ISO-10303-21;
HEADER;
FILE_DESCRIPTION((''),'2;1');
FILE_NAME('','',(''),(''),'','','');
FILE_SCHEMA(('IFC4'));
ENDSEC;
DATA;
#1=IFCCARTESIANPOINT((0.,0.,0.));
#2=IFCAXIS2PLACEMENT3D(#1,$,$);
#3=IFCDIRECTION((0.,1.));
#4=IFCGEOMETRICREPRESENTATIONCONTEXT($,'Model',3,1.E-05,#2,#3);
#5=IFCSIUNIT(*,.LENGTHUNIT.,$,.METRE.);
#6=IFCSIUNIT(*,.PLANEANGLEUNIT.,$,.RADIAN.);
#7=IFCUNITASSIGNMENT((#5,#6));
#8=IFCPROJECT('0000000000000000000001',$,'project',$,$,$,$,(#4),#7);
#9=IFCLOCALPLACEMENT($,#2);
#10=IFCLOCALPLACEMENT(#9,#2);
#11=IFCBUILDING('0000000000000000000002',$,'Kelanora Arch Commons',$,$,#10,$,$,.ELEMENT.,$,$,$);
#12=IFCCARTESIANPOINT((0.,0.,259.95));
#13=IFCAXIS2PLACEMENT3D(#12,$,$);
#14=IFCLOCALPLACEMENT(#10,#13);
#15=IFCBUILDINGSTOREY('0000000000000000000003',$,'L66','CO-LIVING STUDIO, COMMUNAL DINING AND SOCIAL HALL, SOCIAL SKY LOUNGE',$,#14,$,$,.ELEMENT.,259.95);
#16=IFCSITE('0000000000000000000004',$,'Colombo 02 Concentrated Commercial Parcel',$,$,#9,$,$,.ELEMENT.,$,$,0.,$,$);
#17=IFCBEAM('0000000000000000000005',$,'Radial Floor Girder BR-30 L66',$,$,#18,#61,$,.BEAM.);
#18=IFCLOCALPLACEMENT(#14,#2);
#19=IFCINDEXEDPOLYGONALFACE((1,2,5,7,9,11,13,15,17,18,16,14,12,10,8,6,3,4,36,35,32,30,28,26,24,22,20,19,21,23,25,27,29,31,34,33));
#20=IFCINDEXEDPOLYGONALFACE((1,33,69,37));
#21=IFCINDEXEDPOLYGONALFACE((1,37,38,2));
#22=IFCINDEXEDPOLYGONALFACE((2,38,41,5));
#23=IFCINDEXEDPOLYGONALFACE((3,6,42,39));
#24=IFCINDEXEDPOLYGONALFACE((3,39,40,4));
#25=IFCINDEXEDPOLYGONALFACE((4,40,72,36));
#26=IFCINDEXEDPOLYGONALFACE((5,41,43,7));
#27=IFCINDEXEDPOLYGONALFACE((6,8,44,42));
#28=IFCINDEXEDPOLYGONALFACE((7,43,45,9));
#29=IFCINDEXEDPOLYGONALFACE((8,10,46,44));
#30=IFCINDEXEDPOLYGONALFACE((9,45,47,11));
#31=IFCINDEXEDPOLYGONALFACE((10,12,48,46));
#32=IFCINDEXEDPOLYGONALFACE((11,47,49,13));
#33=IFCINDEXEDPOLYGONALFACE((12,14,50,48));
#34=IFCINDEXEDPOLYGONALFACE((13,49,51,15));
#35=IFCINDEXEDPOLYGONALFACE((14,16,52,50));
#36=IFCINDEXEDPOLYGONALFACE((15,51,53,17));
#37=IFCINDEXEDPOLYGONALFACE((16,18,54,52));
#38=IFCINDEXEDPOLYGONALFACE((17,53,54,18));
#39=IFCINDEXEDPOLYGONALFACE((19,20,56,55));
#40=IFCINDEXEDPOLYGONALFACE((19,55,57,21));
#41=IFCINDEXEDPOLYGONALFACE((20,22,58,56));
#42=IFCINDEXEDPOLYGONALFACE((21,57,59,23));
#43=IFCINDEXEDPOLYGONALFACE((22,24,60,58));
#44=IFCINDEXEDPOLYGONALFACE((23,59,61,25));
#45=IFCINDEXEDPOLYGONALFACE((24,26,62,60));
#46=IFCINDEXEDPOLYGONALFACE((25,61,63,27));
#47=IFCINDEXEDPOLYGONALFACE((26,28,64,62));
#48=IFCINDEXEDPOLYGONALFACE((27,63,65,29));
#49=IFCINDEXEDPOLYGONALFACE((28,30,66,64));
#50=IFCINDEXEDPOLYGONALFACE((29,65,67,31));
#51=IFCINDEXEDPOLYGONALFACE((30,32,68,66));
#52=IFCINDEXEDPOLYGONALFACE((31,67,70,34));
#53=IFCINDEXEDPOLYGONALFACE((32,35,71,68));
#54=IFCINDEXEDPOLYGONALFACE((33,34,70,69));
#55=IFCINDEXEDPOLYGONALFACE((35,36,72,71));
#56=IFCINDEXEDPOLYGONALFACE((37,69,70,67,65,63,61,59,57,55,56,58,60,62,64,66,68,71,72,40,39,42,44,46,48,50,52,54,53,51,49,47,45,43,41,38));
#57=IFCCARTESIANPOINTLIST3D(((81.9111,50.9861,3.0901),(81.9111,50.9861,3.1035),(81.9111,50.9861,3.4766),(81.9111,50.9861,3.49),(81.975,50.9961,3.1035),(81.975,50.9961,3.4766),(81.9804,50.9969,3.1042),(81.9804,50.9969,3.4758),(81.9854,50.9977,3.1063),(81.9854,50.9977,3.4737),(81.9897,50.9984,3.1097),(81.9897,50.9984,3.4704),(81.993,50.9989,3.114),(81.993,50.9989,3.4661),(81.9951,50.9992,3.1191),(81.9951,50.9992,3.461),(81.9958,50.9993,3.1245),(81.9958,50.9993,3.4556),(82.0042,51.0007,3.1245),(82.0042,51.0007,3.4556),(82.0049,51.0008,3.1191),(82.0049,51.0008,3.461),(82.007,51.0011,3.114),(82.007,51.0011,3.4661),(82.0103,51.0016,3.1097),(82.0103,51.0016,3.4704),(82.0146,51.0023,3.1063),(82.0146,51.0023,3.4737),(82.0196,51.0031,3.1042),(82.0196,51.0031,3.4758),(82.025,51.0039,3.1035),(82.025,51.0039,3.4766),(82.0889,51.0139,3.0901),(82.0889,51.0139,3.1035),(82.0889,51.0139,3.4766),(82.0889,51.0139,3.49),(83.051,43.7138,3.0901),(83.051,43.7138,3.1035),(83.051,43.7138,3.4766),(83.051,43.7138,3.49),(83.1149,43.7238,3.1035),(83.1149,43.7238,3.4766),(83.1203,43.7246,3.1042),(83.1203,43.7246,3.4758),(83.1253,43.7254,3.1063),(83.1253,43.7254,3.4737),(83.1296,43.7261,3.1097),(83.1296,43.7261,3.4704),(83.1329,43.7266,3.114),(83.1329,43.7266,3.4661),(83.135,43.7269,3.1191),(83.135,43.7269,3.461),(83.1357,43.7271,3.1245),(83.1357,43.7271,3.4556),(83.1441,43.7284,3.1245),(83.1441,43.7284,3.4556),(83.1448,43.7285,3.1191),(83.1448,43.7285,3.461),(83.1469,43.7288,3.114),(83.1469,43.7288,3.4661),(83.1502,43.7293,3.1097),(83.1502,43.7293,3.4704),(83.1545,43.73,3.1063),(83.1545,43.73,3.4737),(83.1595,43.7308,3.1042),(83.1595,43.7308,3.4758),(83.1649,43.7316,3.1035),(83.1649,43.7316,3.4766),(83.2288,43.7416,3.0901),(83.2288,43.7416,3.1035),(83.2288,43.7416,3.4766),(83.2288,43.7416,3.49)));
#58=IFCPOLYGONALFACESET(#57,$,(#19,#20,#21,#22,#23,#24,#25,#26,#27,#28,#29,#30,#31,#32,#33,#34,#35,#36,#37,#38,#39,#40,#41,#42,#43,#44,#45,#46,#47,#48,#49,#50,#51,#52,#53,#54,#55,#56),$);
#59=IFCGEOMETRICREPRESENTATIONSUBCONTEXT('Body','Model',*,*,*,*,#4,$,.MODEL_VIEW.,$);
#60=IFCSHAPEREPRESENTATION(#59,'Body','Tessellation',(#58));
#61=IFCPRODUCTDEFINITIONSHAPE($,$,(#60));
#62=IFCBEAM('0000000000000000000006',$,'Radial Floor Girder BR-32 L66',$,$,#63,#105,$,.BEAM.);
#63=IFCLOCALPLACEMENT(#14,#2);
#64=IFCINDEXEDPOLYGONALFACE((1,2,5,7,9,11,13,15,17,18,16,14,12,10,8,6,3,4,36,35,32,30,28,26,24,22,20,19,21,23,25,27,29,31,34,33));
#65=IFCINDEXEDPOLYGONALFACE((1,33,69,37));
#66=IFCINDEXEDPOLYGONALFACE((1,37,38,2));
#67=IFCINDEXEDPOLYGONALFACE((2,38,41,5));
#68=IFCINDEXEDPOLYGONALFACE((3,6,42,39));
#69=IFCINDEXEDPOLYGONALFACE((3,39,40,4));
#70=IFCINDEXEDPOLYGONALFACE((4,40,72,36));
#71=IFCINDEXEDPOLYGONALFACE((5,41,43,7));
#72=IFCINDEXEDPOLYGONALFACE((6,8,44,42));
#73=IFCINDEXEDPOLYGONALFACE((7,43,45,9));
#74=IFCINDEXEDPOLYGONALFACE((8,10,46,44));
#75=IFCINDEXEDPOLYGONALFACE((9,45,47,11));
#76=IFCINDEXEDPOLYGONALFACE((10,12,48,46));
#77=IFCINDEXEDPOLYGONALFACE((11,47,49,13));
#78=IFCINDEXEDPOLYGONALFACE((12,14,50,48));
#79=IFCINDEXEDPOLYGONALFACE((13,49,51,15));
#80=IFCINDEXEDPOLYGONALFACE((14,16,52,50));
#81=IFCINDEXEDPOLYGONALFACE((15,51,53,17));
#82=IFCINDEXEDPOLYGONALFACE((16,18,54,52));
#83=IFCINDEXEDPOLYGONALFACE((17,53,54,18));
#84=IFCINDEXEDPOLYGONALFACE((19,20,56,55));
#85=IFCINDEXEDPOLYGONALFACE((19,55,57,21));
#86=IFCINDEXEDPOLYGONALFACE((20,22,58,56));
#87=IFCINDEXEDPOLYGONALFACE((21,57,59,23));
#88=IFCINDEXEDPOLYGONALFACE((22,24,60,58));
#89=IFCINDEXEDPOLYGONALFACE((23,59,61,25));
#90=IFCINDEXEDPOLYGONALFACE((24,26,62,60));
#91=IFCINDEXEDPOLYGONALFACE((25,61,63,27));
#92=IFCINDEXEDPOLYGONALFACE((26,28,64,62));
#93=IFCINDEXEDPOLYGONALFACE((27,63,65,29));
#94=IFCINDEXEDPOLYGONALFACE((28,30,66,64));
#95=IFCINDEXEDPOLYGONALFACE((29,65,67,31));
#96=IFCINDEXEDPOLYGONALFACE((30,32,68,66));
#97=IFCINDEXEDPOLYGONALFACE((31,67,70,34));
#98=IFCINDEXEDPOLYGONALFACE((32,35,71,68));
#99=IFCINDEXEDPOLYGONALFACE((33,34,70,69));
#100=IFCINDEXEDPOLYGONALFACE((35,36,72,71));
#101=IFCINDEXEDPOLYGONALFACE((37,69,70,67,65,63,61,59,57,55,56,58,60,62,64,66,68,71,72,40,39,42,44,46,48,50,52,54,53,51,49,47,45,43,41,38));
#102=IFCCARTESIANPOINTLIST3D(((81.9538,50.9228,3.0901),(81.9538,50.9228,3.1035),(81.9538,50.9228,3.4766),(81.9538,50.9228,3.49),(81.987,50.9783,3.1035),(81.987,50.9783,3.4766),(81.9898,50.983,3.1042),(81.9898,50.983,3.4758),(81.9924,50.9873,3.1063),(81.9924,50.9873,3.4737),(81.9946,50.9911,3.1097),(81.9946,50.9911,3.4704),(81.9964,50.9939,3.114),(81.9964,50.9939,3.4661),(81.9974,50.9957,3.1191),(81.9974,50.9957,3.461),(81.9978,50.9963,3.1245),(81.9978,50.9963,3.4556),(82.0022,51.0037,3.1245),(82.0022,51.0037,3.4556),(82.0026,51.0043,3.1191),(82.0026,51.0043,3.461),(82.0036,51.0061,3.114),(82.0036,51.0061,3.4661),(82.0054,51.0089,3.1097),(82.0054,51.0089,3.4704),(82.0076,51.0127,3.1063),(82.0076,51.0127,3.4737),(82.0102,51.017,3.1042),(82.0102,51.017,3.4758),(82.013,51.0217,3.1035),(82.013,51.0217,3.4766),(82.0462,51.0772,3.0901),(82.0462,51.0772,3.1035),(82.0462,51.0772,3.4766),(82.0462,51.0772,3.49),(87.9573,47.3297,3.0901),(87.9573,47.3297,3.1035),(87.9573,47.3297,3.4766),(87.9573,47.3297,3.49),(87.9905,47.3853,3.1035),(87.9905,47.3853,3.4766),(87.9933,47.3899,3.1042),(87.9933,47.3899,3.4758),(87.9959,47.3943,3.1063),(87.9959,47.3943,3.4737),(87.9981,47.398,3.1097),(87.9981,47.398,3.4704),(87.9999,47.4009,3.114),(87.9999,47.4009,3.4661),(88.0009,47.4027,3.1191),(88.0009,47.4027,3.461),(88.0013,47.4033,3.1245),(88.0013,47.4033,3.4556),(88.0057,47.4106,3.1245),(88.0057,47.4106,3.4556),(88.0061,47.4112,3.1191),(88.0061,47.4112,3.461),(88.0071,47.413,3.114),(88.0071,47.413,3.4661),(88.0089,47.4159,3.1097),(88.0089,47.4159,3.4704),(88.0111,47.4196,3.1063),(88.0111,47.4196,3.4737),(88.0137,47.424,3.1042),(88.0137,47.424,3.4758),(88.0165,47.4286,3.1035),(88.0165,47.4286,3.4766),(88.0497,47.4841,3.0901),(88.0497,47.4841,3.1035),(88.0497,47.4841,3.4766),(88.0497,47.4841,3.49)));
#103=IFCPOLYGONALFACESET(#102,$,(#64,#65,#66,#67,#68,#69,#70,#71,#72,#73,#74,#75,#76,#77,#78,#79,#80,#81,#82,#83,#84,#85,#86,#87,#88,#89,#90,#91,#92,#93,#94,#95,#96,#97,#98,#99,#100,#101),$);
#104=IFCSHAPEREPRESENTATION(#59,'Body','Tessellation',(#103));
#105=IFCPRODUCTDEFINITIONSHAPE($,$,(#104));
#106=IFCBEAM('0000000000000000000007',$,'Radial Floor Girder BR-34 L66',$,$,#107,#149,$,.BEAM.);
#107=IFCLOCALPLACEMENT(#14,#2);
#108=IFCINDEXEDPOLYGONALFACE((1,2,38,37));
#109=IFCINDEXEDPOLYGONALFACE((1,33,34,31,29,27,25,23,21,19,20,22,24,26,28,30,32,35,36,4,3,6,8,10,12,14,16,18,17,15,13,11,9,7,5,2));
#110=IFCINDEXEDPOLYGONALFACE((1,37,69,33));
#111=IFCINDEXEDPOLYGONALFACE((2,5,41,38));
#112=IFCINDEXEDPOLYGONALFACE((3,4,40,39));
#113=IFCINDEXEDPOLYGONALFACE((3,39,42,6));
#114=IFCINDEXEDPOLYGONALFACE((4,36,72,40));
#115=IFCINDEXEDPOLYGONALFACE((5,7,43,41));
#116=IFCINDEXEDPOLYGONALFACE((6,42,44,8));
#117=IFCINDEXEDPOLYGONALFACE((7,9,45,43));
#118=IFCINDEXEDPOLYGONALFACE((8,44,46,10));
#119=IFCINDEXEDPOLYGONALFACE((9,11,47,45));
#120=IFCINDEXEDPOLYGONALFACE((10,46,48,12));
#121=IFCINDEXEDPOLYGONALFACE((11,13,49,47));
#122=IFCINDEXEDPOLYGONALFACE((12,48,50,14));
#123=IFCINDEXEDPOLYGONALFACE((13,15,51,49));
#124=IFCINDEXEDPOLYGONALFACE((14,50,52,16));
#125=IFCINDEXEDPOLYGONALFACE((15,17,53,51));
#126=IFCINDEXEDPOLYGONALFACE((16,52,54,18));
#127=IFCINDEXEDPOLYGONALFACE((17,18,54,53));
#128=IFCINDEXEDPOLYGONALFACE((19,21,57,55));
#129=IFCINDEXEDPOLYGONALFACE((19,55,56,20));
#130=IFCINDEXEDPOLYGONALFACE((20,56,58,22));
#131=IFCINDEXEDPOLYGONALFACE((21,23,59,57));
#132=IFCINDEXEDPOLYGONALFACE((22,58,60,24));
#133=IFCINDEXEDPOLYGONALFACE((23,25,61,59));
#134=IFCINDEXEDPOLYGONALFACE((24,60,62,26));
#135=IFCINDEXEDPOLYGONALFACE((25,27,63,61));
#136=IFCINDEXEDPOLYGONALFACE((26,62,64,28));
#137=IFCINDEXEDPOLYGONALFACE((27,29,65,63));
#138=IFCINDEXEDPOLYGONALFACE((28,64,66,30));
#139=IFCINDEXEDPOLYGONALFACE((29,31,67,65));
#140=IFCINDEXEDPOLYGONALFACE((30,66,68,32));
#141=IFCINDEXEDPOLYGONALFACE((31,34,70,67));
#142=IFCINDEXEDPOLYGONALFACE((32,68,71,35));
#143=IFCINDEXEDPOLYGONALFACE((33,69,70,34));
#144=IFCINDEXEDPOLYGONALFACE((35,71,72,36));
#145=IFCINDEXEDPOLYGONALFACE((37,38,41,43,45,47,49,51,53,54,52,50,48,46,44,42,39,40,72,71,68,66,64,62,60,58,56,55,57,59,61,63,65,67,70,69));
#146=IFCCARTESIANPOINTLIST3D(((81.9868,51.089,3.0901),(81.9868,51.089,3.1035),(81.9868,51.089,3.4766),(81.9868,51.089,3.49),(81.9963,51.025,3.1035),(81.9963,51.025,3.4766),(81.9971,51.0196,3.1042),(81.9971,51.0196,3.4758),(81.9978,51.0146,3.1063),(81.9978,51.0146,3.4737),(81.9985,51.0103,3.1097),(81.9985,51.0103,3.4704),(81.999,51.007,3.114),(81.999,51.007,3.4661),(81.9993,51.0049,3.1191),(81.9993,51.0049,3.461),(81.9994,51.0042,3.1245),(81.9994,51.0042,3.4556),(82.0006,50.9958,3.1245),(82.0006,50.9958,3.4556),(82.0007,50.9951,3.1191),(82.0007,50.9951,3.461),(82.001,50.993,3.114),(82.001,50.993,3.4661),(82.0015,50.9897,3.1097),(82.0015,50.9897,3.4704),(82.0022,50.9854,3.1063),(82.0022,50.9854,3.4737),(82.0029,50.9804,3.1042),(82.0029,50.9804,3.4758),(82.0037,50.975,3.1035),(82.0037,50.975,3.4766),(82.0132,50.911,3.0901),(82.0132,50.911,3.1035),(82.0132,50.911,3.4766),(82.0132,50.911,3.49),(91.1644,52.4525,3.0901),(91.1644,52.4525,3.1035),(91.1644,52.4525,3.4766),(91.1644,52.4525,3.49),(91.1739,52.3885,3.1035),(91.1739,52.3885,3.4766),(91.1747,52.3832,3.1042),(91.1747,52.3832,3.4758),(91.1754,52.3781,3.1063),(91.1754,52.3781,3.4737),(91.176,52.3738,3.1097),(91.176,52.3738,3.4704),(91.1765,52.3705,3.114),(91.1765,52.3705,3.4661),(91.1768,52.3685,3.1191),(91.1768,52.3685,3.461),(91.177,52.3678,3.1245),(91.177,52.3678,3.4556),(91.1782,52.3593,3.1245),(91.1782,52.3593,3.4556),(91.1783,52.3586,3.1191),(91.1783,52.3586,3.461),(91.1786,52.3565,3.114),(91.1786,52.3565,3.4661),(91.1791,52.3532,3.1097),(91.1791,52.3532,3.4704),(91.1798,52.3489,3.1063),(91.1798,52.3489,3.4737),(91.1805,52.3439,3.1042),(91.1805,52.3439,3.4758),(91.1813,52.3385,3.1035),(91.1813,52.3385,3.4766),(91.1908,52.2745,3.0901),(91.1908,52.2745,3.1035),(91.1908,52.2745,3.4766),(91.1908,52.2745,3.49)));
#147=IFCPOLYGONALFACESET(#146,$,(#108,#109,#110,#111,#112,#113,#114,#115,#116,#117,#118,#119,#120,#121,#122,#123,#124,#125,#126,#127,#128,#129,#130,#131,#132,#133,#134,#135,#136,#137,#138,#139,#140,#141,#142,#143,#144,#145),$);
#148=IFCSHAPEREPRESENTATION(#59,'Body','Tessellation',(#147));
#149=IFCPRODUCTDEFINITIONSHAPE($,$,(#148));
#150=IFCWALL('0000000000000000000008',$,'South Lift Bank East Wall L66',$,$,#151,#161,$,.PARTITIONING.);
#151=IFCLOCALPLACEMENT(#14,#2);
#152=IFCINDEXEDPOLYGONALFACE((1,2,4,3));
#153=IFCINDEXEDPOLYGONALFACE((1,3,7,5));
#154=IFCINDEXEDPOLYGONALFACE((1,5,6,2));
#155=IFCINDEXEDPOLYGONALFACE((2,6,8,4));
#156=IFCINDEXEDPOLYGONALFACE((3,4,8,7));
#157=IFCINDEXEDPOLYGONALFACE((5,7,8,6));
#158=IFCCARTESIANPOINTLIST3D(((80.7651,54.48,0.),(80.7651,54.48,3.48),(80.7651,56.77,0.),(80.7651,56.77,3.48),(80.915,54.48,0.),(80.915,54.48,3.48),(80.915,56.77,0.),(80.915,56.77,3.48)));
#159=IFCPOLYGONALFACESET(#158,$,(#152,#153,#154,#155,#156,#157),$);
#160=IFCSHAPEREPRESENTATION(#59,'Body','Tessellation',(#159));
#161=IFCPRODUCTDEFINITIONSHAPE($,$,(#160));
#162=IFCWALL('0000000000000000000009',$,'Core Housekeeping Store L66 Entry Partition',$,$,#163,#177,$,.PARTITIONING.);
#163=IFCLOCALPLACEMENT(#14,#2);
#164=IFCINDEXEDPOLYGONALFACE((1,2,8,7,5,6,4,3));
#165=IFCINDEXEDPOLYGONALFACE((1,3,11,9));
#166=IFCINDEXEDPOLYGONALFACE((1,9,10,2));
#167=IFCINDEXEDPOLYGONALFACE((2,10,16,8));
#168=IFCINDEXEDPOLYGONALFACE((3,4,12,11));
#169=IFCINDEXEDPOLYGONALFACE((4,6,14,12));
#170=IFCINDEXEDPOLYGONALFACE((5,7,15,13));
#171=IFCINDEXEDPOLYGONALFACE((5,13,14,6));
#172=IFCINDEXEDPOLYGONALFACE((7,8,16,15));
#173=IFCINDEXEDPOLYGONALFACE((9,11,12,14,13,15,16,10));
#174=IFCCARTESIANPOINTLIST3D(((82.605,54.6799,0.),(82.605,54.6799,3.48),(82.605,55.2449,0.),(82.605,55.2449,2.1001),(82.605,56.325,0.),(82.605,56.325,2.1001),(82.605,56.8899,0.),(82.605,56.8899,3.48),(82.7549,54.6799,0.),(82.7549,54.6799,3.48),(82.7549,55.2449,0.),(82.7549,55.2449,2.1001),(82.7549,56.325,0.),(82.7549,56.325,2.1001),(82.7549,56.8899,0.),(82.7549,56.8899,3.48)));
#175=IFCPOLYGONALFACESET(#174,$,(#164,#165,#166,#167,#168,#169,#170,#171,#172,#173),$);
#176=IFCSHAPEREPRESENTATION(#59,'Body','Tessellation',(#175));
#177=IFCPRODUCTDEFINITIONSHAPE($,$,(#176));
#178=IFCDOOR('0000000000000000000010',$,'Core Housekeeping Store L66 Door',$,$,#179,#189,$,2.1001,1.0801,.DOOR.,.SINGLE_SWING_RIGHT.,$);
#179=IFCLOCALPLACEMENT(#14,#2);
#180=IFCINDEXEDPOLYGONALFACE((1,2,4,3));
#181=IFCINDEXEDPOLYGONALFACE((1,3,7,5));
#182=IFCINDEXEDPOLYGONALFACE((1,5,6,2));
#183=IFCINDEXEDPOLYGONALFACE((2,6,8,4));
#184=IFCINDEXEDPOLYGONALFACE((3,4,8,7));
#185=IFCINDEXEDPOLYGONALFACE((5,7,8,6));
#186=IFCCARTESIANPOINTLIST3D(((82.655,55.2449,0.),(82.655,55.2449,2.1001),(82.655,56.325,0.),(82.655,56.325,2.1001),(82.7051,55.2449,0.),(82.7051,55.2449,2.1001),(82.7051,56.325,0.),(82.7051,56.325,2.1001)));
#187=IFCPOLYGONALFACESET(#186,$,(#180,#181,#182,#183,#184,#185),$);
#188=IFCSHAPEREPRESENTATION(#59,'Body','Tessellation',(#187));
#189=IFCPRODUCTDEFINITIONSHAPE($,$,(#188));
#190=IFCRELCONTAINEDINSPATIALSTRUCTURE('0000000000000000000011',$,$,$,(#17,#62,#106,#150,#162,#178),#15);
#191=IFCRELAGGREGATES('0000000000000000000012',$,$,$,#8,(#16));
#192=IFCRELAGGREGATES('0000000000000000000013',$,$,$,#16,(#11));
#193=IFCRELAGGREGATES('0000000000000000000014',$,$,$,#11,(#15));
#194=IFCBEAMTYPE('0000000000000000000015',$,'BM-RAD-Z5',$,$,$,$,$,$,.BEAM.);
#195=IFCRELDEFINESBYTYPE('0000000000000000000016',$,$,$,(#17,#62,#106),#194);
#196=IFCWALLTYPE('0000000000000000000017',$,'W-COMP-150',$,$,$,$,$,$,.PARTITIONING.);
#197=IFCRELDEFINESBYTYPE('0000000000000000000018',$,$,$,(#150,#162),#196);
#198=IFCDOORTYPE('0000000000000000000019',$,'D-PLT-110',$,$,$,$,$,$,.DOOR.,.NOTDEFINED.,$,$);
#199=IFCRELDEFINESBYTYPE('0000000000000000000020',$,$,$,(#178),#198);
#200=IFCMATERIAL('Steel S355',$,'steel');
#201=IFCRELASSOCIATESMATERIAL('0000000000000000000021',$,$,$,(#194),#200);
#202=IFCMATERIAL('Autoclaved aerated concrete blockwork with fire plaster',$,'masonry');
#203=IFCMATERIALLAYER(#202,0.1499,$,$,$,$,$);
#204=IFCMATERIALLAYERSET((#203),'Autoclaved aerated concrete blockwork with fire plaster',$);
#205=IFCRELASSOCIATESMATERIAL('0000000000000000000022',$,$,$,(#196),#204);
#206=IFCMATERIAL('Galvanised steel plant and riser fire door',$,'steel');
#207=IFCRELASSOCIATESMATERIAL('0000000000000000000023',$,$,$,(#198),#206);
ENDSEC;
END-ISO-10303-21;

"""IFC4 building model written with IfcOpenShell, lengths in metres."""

from ifc_helpers import new_model, si_unit, direction, frame, frame_2d, origin, origin_2d, place, context, subcontext, project, spatial, rectangle, i_section, extrude, material, layer, layer_set, material_profile, profile_set, type_object, element, fill, save


model = new_model("IFC4")

# Units and contexts
model_context = context("Model", 3, precision=1e-05, world=origin(), true_north=direction((0.0, 1.0)))
body_context = subcontext(model_context, "Body", "Model", "MODEL_VIEW")
ifc_project = project(units=[si_unit("LENGTHUNIT", "METRE"), si_unit("PLANEANGLEUNIT", "RADIAN")], contexts=[model_context])

# Site, building, storey
site_placement = place(None, origin())
site = spatial("IfcSite", under=ifc_project, at=site_placement, Name="Colombo 02 Concentrated Commercial Parcel", CompositionType="ELEMENT", RefElevation=0.0)
building_placement = place(site_placement, origin())
building = spatial("IfcBuilding", under=site, at=building_placement, Name="Kelanora Arch Commons", CompositionType="ELEMENT")
storey_placement = place(building_placement, frame((0.0, 0.0, 259.95)))
storey = spatial("IfcBuildingStorey", under=building, at=storey_placement, Name="L66", Description="CO-LIVING STUDIO, COMMUNAL DINING AND SOCIAL HALL, SOCIAL SKY LOUNGE", CompositionType="ELEMENT", Elevation=259.95)

# Beams
ifc_material_1 = material(Name="Steel S355", Category="steel")
ifc_material_profile_1 = material_profile(ifc_material_1, i_section(OverallWidth=0.1799, OverallDepth=0.3999, WebThickness=0.0085, FlangeThickness=0.0134, FilletRadius=0.021, at=origin_2d()), Name="IPE400")
ifc_profile_set_1 = profile_set([ifc_material_profile_1], Name="Steel S355")
beam_type_1 = type_object("IfcBeamType", Name="BM-RAD-Z5", PredefinedType="BEAM", material=ifc_profile_set_1)
beam_1_placement = place(storey_placement, frame((82.0, 51.0, 3.29), z_axis=(0.154855, -0.987937, 0.0), x_axis=(0.987937, 0.154855, 0.0)))
element("IfcBeam", 1, at=beam_1_placement, inside=storey, type_object=beam_type_1, Name="Radial Floor Girder BR-30 L66", PredefinedType="BEAM", context=body_context, shape_type="SweptSolid", body=[
    extrude(i_section(OverallWidth=0.1799, OverallDepth=0.3999, WebThickness=0.0085, FlangeThickness=0.0134, FilletRadius=0.021, at=origin_2d()), origin(), (0.0, 0.0, 1.0), 7.3611),
])
beam_2_placement = place(storey_placement, frame((82.0, 51.0, 3.29), z_axis=(0.858062, -0.513546, 0.0), x_axis=(0.513546, 0.858062, 0.0)))
element("IfcBeam", 2, at=beam_2_placement, inside=storey, type_object=beam_type_1, Name="Radial Floor Girder BR-32 L66", PredefinedType="BEAM", context=body_context, shape_type="SweptSolid", body=[
    extrude(i_section(OverallWidth=0.1799, OverallDepth=0.3999, WebThickness=0.0085, FlangeThickness=0.0134, FilletRadius=0.021, at=origin_2d()), origin(), (0.0, 0.0, 1.0), 6.9966),
])
beam_3_placement = place(storey_placement, frame((82.0, 51.0, 3.29), z_axis=(0.989142, 0.14696, 0.0), x_axis=(-0.14696, 0.989142, 0.0)))
element("IfcBeam", 3, at=beam_3_placement, inside=storey, type_object=beam_type_1, Name="Radial Floor Girder BR-34 L66", PredefinedType="BEAM", context=body_context, shape_type="SweptSolid", body=[
    extrude(i_section(OverallWidth=0.1799, OverallDepth=0.3999, WebThickness=0.0085, FlangeThickness=0.0134, FilletRadius=0.021, at=origin_2d()), origin(), (0.0, 0.0, 1.0), 9.2783),
])

# Wall
ifc_material_2 = material(Name="Autoclaved aerated concrete blockwork with fire plaster", Category="masonry")
ifc_layer_1 = layer(ifc_material_2, 0.1499)
ifc_layer_set_1 = layer_set([ifc_layer_1], Name="Autoclaved aerated concrete blockwork with fire plaster")
wall_type_1 = type_object("IfcWallType", Name="W-COMP-150", PredefinedType="PARTITIONING", material=ifc_layer_set_1)
wall_1_placement = place(storey_placement, frame((80.8401, 54.48, 0.0), z_axis=(0.0, 0.0, 1.0), x_axis=(0.0, 1.0, 0.0)))
element("IfcWall", 4, at=wall_1_placement, inside=storey, type_object=wall_type_1, Name="South Lift Bank East Wall L66", PredefinedType="PARTITIONING", context=body_context, shape_type="SweptSolid", body=[
    extrude(rectangle(XDim=2.29, YDim=0.1499, at=frame_2d((1.145, 0.0))), origin(), (0.0, 0.0, 1.0), 3.48),
])

# Wall, opening, door
wall_2_placement = place(storey_placement, frame((82.6799, 54.6799, 0.0), z_axis=(0.0, 0.0, 1.0), x_axis=(0.0, 1.0, 0.0)))
wall_2 = element("IfcWall", 5, at=wall_2_placement, inside=storey, type_object=wall_type_1, Name="Core Housekeeping Store L66 Entry Partition", PredefinedType="PARTITIONING", context=body_context, shape_type="SweptSolid", body=[
    extrude(rectangle(XDim=2.21, YDim=0.1499, at=frame_2d((1.105, 0.0))), origin(), (0.0, 0.0, 1.0), 3.48),
])
opening_placement = place(wall_2_placement, frame((0.5649, 0.0, 0.0)))
opening = element("IfcOpeningElement", 6, at=opening_placement, cuts=wall_2, PredefinedType="OPENING", context=body_context, shape_type="SweptSolid", body=[
    extrude(rectangle(XDim=1.0801, YDim=2.1001, at=frame_2d((0.54, 1.05))), frame((0.0, 0.085, 0.0), z_axis=(0.0, -1.0, 0.0), x_axis=(1.0, 0.0, 0.0)), (0.0, 0.0, 1.0), 0.1699),
])
ifc_material_3 = material(Name="Galvanised steel plant and riser fire door", Category="steel")
door_type = type_object("IfcDoorType", Name="D-PLT-110", OperationType="NOTDEFINED", PredefinedType="DOOR", material=ifc_material_3)
door_placement = place(opening_placement, origin())
door = element("IfcDoor", 7, at=door_placement, inside=storey, type_object=door_type, Name="Core Housekeeping Store L66 Door", OperationType="SINGLE_SWING_RIGHT", OverallHeight=2.1001, OverallWidth=1.0801, PredefinedType="DOOR", context=body_context, shape_type="SweptSolid", body=[
    extrude(rectangle(XDim=1.0801, YDim=2.1001, at=frame_2d((0.54, 1.05))), frame((0.0, 0.0249, 0.0), z_axis=(0.0, -1.0, 0.0), x_axis=(1.0, 0.0, 0.0)), (0.0, 0.0, 1.0), 0.05),
])
fill(opening, door)

save(model, "model.ifc")
